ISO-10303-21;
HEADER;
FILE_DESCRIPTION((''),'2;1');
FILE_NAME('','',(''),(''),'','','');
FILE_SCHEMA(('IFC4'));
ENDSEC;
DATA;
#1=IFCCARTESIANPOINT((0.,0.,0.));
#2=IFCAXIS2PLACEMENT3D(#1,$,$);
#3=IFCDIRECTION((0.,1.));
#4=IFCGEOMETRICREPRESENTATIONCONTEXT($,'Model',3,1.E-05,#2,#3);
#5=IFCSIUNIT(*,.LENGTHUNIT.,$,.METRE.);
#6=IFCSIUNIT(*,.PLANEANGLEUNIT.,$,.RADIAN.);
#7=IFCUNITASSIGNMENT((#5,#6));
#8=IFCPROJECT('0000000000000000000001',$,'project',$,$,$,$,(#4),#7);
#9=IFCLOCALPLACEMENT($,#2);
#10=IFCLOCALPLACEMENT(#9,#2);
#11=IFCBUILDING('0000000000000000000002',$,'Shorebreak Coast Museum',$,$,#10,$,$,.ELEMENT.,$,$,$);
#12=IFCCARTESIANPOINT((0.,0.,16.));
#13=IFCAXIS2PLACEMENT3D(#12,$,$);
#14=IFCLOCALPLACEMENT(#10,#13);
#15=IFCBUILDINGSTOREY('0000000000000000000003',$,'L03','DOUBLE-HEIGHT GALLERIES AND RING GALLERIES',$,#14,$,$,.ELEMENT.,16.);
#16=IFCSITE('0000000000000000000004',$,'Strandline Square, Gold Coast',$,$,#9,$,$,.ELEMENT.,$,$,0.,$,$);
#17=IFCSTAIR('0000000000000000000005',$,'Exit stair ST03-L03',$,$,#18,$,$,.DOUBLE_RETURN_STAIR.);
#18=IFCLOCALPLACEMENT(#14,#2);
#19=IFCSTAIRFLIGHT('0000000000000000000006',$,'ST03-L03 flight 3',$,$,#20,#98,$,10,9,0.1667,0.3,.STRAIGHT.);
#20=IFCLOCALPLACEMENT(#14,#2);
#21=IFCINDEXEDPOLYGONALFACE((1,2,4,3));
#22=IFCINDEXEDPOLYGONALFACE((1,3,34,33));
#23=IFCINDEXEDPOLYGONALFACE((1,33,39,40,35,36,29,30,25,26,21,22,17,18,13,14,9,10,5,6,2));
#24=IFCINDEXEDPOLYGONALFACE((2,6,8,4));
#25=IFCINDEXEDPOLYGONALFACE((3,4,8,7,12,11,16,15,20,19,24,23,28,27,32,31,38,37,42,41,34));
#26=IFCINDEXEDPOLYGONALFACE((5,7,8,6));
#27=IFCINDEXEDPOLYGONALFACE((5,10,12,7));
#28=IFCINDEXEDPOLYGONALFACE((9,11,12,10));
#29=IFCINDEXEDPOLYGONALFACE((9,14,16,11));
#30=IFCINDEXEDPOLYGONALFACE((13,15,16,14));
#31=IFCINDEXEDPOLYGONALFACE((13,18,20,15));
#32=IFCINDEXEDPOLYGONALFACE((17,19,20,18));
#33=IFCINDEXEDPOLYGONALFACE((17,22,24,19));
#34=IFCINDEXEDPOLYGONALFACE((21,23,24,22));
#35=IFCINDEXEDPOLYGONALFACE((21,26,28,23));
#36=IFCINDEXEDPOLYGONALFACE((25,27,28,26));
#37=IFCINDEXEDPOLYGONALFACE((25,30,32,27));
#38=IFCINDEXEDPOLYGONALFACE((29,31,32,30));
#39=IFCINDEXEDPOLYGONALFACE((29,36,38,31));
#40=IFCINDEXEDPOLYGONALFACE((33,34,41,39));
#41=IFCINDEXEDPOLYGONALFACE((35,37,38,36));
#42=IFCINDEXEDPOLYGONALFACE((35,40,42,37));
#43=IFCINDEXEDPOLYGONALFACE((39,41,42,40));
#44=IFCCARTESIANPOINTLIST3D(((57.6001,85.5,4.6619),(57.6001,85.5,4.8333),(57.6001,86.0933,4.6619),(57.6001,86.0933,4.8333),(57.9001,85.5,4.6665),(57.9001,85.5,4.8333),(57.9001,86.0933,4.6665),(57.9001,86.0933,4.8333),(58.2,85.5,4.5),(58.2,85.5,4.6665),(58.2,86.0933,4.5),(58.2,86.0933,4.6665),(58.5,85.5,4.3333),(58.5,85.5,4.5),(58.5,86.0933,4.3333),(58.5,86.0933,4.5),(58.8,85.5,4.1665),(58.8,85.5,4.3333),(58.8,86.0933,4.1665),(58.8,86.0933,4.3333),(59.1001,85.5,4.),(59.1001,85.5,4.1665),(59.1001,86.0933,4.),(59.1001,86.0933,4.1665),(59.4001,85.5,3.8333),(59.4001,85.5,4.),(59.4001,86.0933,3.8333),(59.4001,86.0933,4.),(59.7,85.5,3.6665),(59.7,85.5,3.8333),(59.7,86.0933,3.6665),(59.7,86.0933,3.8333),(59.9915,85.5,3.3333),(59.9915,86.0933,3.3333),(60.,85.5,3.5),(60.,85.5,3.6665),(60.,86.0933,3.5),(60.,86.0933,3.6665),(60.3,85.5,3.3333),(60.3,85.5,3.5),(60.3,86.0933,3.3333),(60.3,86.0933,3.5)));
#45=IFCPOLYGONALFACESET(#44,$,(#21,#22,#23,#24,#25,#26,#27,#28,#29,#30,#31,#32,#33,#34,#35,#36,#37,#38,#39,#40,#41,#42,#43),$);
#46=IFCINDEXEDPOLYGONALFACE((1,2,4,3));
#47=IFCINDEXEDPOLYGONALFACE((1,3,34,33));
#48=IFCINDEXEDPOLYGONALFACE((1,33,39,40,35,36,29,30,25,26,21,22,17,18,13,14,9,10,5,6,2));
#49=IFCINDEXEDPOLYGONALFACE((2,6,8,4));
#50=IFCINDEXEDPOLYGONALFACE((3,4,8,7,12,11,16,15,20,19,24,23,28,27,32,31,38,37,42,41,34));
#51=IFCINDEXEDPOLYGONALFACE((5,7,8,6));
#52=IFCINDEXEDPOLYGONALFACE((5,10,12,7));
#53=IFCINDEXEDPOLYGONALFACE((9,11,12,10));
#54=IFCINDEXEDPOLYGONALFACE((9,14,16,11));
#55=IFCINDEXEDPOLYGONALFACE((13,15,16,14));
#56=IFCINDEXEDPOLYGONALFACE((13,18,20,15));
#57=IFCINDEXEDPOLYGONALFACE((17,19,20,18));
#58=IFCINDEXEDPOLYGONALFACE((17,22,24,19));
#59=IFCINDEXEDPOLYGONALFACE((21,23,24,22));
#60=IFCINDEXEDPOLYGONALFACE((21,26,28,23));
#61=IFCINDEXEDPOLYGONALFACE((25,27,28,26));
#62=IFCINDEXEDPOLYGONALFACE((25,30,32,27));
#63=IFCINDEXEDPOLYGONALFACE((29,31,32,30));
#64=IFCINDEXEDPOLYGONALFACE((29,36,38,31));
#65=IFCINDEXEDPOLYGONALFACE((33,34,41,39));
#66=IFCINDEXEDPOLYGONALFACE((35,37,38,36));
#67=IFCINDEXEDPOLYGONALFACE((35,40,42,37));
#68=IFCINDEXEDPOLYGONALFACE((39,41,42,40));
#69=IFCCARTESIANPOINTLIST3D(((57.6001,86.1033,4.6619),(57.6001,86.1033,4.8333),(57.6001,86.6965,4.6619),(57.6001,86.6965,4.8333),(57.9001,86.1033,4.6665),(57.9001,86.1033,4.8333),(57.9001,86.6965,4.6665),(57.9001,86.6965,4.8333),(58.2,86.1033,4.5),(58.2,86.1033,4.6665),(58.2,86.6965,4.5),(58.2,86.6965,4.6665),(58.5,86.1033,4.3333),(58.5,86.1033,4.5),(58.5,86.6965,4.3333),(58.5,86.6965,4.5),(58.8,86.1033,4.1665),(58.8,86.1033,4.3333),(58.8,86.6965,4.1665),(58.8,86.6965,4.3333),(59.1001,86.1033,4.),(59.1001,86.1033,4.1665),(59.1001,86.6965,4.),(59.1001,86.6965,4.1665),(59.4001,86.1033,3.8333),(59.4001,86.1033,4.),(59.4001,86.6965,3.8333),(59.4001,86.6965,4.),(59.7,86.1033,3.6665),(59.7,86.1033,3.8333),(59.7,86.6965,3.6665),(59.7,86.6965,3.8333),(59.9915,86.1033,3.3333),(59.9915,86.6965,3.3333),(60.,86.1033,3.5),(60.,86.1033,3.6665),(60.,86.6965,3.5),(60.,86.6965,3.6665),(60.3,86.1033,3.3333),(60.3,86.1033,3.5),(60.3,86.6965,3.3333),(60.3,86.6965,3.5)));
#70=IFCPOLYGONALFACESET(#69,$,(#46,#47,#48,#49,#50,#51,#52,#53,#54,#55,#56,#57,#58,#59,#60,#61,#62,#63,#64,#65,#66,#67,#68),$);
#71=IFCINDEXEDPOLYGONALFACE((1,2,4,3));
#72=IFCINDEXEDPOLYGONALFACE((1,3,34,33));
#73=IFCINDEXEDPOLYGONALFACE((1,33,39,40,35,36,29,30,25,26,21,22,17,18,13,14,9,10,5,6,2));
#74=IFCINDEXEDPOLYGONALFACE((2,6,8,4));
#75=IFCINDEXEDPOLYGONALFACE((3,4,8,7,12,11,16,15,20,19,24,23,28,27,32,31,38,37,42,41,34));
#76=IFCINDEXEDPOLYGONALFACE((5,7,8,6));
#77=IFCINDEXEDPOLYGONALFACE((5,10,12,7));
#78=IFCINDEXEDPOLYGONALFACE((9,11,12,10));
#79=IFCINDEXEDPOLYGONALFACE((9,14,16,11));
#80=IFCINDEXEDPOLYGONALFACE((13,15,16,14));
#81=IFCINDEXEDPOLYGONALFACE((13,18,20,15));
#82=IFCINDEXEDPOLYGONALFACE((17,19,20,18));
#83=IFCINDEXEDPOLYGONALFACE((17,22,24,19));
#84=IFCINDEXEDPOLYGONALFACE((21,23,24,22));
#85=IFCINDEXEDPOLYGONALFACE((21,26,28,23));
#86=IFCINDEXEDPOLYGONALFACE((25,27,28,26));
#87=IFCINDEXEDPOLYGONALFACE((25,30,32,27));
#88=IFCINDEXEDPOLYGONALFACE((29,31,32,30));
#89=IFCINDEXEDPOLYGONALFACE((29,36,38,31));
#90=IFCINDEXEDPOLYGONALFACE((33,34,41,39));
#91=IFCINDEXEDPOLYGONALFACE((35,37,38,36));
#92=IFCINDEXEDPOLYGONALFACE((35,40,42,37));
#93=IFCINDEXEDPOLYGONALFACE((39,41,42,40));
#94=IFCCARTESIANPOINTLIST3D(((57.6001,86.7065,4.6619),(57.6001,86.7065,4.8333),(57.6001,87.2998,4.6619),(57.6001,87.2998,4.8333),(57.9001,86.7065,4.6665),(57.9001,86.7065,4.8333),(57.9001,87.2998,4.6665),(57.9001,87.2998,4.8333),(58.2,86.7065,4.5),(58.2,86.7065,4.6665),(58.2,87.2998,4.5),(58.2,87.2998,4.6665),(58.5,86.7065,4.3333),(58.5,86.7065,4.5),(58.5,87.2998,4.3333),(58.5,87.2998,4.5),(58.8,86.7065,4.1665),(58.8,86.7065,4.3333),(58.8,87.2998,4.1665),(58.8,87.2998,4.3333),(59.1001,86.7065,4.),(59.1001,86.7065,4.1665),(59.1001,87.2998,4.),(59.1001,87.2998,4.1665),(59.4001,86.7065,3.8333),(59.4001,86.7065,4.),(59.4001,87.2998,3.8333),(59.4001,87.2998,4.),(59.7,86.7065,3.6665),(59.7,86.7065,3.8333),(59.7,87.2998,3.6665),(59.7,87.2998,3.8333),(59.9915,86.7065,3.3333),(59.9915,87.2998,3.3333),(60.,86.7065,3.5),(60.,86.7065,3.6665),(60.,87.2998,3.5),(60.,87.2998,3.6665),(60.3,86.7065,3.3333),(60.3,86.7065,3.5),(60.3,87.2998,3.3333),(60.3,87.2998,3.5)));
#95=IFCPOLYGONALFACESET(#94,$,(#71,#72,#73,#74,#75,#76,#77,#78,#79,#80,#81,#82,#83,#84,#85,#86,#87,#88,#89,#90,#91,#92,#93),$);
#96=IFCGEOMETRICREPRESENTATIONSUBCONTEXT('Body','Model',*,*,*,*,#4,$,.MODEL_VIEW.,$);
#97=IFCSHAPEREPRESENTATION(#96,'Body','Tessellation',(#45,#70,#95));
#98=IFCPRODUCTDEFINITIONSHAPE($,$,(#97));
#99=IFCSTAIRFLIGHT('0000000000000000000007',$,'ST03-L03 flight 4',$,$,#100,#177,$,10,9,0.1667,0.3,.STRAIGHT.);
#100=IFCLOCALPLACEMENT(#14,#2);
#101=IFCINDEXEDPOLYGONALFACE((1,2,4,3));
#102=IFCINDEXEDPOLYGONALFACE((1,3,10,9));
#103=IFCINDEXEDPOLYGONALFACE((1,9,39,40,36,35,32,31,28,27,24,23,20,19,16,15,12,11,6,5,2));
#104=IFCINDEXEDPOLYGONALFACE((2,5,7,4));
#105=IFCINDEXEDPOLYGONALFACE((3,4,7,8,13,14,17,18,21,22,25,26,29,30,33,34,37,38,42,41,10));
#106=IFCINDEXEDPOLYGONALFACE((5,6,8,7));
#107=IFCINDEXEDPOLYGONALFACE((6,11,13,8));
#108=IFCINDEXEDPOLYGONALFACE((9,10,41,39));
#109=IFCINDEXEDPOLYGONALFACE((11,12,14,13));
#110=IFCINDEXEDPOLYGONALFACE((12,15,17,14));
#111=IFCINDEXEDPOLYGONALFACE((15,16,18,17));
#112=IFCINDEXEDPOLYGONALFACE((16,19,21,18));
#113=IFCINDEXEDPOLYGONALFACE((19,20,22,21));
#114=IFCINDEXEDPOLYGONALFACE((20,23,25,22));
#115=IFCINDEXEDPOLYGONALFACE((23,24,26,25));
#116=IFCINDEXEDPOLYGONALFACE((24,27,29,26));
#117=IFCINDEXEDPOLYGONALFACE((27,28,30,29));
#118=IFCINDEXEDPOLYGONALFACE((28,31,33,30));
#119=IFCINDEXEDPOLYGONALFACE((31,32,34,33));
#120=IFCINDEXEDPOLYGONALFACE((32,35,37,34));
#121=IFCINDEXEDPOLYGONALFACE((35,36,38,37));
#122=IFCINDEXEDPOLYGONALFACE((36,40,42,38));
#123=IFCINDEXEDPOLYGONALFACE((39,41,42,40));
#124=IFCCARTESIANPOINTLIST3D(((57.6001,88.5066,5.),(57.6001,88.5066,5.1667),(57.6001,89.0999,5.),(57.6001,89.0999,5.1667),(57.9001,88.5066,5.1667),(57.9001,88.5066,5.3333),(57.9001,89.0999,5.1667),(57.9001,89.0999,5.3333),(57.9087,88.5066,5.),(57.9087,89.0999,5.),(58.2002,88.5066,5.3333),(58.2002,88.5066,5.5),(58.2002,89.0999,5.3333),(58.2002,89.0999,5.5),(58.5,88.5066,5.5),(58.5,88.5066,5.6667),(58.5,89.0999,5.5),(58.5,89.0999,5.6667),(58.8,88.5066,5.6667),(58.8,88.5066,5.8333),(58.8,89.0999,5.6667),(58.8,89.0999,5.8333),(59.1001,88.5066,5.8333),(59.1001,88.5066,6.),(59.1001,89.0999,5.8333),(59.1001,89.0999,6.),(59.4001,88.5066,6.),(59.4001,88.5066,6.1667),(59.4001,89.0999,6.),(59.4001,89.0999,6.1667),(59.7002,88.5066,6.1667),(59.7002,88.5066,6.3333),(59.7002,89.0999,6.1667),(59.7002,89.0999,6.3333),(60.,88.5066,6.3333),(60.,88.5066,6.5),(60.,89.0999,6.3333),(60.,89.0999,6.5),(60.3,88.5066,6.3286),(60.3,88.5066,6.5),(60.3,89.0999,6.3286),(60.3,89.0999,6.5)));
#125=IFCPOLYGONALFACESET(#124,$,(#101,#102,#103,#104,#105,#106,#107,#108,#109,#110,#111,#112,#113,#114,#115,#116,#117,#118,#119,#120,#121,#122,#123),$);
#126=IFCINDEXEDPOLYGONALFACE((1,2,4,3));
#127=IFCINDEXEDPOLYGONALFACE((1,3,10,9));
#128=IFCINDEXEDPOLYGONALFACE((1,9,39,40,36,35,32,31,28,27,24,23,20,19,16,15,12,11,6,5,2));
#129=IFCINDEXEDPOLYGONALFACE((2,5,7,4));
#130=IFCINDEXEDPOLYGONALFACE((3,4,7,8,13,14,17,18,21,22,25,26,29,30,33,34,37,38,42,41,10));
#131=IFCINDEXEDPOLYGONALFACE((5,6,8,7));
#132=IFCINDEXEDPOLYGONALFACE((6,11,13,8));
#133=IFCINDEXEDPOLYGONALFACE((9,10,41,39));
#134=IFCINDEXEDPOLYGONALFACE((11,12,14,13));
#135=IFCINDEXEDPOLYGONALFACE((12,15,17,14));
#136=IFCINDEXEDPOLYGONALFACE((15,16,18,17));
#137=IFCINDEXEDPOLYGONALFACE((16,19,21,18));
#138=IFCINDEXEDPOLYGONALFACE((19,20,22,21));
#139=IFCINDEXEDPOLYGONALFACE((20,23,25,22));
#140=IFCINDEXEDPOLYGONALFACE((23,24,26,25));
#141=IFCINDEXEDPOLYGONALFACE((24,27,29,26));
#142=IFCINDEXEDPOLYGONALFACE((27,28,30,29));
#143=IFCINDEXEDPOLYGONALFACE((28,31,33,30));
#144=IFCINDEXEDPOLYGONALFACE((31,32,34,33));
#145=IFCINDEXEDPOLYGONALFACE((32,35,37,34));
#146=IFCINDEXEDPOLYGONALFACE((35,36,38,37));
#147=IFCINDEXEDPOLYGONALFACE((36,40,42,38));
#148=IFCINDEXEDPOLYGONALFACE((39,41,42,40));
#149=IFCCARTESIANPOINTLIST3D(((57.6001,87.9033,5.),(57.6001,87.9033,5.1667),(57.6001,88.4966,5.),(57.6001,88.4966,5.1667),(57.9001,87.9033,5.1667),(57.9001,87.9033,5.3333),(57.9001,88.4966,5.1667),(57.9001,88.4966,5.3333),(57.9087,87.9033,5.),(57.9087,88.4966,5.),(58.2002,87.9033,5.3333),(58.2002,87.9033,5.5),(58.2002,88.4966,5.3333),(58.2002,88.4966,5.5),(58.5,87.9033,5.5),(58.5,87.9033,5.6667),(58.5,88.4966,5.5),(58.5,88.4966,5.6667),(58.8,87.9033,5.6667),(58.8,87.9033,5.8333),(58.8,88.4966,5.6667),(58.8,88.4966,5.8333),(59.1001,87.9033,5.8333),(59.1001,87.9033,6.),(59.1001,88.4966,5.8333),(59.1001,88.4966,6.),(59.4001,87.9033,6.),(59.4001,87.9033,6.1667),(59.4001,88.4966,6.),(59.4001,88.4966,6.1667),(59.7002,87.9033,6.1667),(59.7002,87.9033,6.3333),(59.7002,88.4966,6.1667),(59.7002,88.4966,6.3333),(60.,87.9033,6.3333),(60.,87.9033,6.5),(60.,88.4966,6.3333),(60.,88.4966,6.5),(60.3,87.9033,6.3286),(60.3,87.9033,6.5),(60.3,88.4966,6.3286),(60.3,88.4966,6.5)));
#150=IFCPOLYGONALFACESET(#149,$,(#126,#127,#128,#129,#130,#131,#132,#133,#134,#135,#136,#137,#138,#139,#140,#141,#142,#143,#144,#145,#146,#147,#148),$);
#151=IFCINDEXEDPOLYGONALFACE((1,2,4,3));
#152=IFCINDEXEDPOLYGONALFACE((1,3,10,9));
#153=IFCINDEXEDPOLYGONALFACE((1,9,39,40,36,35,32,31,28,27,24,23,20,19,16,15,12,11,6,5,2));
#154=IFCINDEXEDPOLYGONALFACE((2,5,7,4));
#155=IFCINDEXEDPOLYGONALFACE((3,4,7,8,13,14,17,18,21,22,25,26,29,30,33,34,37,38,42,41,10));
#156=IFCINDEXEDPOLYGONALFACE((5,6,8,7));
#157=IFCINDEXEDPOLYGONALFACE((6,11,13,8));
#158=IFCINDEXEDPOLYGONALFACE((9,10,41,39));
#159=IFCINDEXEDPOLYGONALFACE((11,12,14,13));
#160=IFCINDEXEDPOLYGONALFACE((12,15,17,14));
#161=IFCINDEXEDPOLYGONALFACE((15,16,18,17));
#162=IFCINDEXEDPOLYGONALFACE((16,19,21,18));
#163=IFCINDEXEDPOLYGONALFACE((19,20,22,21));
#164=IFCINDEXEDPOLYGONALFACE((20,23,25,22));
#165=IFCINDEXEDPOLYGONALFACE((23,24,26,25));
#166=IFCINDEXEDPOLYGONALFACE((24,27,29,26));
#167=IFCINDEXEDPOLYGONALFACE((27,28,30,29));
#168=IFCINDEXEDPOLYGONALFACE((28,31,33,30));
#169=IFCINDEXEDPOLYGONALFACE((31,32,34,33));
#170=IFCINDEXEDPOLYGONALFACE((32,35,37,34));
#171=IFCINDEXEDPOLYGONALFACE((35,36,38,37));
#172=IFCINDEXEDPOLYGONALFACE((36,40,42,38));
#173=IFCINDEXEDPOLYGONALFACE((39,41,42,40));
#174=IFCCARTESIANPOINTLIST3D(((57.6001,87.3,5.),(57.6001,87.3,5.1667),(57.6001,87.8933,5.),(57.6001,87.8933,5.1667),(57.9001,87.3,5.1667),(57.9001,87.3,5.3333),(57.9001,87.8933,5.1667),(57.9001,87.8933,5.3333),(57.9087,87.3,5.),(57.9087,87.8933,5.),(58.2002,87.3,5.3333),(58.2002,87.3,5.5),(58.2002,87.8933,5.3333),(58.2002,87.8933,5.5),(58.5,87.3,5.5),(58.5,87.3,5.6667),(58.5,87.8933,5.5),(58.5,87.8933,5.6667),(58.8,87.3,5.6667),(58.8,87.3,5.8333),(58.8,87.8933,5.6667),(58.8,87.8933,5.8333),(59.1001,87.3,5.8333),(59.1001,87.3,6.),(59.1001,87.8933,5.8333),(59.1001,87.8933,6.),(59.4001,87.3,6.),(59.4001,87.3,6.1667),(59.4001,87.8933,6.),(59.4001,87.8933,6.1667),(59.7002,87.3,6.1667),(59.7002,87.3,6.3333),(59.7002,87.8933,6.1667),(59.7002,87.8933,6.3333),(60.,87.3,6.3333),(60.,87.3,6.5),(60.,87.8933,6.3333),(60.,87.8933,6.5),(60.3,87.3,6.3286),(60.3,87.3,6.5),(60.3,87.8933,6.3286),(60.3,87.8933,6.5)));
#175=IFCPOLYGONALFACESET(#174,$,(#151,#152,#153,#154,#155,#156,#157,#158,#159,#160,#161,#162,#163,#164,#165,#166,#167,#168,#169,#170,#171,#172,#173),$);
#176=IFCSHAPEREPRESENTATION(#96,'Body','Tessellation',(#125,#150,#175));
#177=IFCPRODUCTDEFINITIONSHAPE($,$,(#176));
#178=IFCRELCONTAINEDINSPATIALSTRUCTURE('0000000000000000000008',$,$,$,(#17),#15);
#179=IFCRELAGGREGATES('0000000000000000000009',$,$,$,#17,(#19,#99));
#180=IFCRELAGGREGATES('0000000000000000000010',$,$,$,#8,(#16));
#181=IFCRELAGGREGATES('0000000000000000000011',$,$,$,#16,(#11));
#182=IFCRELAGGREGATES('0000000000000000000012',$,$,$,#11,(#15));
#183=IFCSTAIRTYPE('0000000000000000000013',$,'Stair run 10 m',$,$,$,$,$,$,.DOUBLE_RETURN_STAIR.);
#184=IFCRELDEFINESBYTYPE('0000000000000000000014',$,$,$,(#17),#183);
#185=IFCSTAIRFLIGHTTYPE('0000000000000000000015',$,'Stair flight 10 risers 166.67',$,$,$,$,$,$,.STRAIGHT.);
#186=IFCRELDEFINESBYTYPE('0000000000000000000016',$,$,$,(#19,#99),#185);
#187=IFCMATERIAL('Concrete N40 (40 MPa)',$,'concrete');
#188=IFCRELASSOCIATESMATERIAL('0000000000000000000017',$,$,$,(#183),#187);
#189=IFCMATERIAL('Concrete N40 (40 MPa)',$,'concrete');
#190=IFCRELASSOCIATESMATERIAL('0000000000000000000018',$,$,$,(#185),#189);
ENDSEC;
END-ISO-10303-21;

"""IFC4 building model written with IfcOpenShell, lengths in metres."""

from ifc_helpers import new_model, si_unit, direction, frame, origin, place, context, subcontext, project, spatial, polyline, outline, extrude, material, type_object, element, aggregate, save


model = new_model("IFC4")

# Units and contexts
model_context = context("Model", 3, precision=1e-05, world=origin(), true_north=direction((0.0, 1.0)))
body_context = subcontext(model_context, "Body", "Model", "MODEL_VIEW")
ifc_project = project(units=[si_unit("LENGTHUNIT", "METRE"), si_unit("PLANEANGLEUNIT", "RADIAN")], contexts=[model_context])

# Site, building, storey
site_placement = place(None, origin())
site = spatial("IfcSite", under=ifc_project, at=site_placement, Name="Strandline Square, Gold Coast", CompositionType="ELEMENT", RefElevation=0.0)
building_placement = place(site_placement, origin())
building = spatial("IfcBuilding", under=site, at=building_placement, Name="Shorebreak Coast Museum", CompositionType="ELEMENT")
storey_placement = place(building_placement, frame((0.0, 0.0, 16.0)))
storey = spatial("IfcBuildingStorey", under=building, at=storey_placement, Name="L03", Description="DOUBLE-HEIGHT GALLERIES AND RING GALLERIES", CompositionType="ELEMENT", Elevation=16.0)

# Stair, stair flights
ifc_material_1 = material(Name="Concrete N40 (40 MPa)", Category="concrete")
stair_type = type_object("IfcStairType", Name="Stair run 10 m", PredefinedType="DOUBLE_RETURN_STAIR", material=ifc_material_1)
stair_placement = place(storey_placement, origin())
stair = element("IfcStair", 1, at=stair_placement, inside=storey, type_object=stair_type, Name="Exit stair ST03-L03", PredefinedType="DOUBLE_RETURN_STAIR")
ifc_material_2 = material(Name="Concrete N40 (40 MPa)", Category="concrete")
stair_flight_type = type_object("IfcStairFlightType", Name="Stair flight 10 risers 166.67", PredefinedType="STRAIGHT", material=ifc_material_2)
stair_flight_1_placement = place(storey_placement, frame((60.3, 86.3999, 3.3333), z_axis=(0.0, 0.0, 1.0), x_axis=(-1.0, 0.0, 0.0)))
stair_flight_1 = element("IfcStairFlight", 2, at=stair_flight_1_placement, type_object=stair_flight_type, Name="ST03-L03 flight 3", NumberOfRisers=10, NumberOfTreads=9, PredefinedType="STRAIGHT", RiserHeight=0.1667, TreadLength=0.3, context=body_context, shape_type="SweptSolid", body=[
    extrude(outline(polyline([(0.0, 0.0), (0.0, 0.1667), (0.3, 0.1667), (0.3, 0.3333), (0.6001, 0.3333), (0.6001, 0.5), (0.8999, 0.5), (0.8999, 0.6667), (1.2, 0.6667), (1.2, 0.8333), (1.5, 0.8333), (1.5, 1.0), (1.8, 1.0), (1.8, 1.1667), (2.1001, 1.1667), (2.1001, 1.3333), (2.3999, 1.3333), (2.3999, 1.5), (2.7, 1.5), (2.7, 1.6667), (2.7, 1.3286), (0.3086, 0.0), (0.0, 0.0)])), frame((0.0, 0.8999, 0.0), z_axis=(0.0, -1.0, 0.0), x_axis=(1.0, 0.0, 0.0)), (0.0, 0.0, 1.0), 0.5933),
    extrude(outline(polyline([(0.0, 0.0), (0.0, 0.1667), (0.3, 0.1667), (0.3, 0.3333), (0.6001, 0.3333), (0.6001, 0.5), (0.8999, 0.5), (0.8999, 0.6667), (1.2, 0.6667), (1.2, 0.8333), (1.5, 0.8333), (1.5, 1.0), (1.8, 1.0), (1.8, 1.1667), (2.1001, 1.1667), (2.1001, 1.3333), (2.3999, 1.3333), (2.3999, 1.5), (2.7, 1.5), (2.7, 1.6667), (2.7, 1.3286), (0.3086, 0.0), (0.0, 0.0)])), frame((0.0, 0.2966, 0.0), z_axis=(0.0, -1.0, 0.0), x_axis=(1.0, 0.0, 0.0)), (0.0, 0.0, 1.0), 0.5933),
    extrude(outline(polyline([(0.0, 0.0), (0.0, 0.1667), (0.3, 0.1667), (0.3, 0.3333), (0.6001, 0.3333), (0.6001, 0.5), (0.8999, 0.5), (0.8999, 0.6667), (1.2, 0.6667), (1.2, 0.8333), (1.5, 0.8333), (1.5, 1.0), (1.8, 1.0), (1.8, 1.1667), (2.1001, 1.1667), (2.1001, 1.3333), (2.3999, 1.3333), (2.3999, 1.5), (2.7, 1.5), (2.7, 1.6667), (2.7, 1.3286), (0.3086, 0.0), (0.0, 0.0)])), frame((0.0, -0.3066, 0.0), z_axis=(0.0, -1.0, 0.0), x_axis=(1.0, 0.0, 0.0)), (0.0, 0.0, 1.0), 0.5933),
])
stair_flight_2_placement = place(storey_placement, frame((57.6001, 88.2, 5.0), z_axis=(0.0, 0.0, 1.0), x_axis=(1.0, 0.0, 0.0)))
stair_flight_2 = element("IfcStairFlight", 3, at=stair_flight_2_placement, type_object=stair_flight_type, Name="ST03-L03 flight 4", NumberOfRisers=10, NumberOfTreads=9, PredefinedType="STRAIGHT", RiserHeight=0.1667, TreadLength=0.3, context=body_context, shape_type="SweptSolid", body=[
    extrude(outline(polyline([(0.0, 0.0), (0.0, 0.1667), (0.3, 0.1667), (0.3, 0.3333), (0.6001, 0.3333), (0.6001, 0.5), (0.8999, 0.5), (0.8999, 0.6667), (1.2, 0.6667), (1.2, 0.8333), (1.5, 0.8333), (1.5, 1.0), (1.8, 1.0), (1.8, 1.1667), (2.1001, 1.1667), (2.1001, 1.3333), (2.3999, 1.3333), (2.3999, 1.5), (2.7, 1.5), (2.7, 1.6667), (2.7, 1.3286), (0.3086, 0.0), (0.0, 0.0)])), frame((0.0, 0.8999, 0.0), z_axis=(0.0, -1.0, 0.0), x_axis=(1.0, 0.0, 0.0)), (0.0, 0.0, 1.0), 0.5933),
    extrude(outline(polyline([(0.0, 0.0), (0.0, 0.1667), (0.3, 0.1667), (0.3, 0.3333), (0.6001, 0.3333), (0.6001, 0.5), (0.8999, 0.5), (0.8999, 0.6667), (1.2, 0.6667), (1.2, 0.8333), (1.5, 0.8333), (1.5, 1.0), (1.8, 1.0), (1.8, 1.1667), (2.1001, 1.1667), (2.1001, 1.3333), (2.3999, 1.3333), (2.3999, 1.5), (2.7, 1.5), (2.7, 1.6667), (2.7, 1.3286), (0.3086, 0.0), (0.0, 0.0)])), frame((0.0, 0.2966, 0.0), z_axis=(0.0, -1.0, 0.0), x_axis=(1.0, 0.0, 0.0)), (0.0, 0.0, 1.0), 0.5933),
    extrude(outline(polyline([(0.0, 0.0), (0.0, 0.1667), (0.3, 0.1667), (0.3, 0.3333), (0.6001, 0.3333), (0.6001, 0.5), (0.8999, 0.5), (0.8999, 0.6667), (1.2, 0.6667), (1.2, 0.8333), (1.5, 0.8333), (1.5, 1.0), (1.8, 1.0), (1.8, 1.1667), (2.1001, 1.1667), (2.1001, 1.3333), (2.3999, 1.3333), (2.3999, 1.5), (2.7, 1.5), (2.7, 1.6667), (2.7, 1.3286), (0.3086, 0.0), (0.0, 0.0)])), frame((0.0, -0.3066, 0.0), z_axis=(0.0, -1.0, 0.0), x_axis=(1.0, 0.0, 0.0)), (0.0, 0.0, 1.0), 0.5933),
])
aggregate(stair, [stair_flight_1, stair_flight_2])

save(model, "model.ifc")
